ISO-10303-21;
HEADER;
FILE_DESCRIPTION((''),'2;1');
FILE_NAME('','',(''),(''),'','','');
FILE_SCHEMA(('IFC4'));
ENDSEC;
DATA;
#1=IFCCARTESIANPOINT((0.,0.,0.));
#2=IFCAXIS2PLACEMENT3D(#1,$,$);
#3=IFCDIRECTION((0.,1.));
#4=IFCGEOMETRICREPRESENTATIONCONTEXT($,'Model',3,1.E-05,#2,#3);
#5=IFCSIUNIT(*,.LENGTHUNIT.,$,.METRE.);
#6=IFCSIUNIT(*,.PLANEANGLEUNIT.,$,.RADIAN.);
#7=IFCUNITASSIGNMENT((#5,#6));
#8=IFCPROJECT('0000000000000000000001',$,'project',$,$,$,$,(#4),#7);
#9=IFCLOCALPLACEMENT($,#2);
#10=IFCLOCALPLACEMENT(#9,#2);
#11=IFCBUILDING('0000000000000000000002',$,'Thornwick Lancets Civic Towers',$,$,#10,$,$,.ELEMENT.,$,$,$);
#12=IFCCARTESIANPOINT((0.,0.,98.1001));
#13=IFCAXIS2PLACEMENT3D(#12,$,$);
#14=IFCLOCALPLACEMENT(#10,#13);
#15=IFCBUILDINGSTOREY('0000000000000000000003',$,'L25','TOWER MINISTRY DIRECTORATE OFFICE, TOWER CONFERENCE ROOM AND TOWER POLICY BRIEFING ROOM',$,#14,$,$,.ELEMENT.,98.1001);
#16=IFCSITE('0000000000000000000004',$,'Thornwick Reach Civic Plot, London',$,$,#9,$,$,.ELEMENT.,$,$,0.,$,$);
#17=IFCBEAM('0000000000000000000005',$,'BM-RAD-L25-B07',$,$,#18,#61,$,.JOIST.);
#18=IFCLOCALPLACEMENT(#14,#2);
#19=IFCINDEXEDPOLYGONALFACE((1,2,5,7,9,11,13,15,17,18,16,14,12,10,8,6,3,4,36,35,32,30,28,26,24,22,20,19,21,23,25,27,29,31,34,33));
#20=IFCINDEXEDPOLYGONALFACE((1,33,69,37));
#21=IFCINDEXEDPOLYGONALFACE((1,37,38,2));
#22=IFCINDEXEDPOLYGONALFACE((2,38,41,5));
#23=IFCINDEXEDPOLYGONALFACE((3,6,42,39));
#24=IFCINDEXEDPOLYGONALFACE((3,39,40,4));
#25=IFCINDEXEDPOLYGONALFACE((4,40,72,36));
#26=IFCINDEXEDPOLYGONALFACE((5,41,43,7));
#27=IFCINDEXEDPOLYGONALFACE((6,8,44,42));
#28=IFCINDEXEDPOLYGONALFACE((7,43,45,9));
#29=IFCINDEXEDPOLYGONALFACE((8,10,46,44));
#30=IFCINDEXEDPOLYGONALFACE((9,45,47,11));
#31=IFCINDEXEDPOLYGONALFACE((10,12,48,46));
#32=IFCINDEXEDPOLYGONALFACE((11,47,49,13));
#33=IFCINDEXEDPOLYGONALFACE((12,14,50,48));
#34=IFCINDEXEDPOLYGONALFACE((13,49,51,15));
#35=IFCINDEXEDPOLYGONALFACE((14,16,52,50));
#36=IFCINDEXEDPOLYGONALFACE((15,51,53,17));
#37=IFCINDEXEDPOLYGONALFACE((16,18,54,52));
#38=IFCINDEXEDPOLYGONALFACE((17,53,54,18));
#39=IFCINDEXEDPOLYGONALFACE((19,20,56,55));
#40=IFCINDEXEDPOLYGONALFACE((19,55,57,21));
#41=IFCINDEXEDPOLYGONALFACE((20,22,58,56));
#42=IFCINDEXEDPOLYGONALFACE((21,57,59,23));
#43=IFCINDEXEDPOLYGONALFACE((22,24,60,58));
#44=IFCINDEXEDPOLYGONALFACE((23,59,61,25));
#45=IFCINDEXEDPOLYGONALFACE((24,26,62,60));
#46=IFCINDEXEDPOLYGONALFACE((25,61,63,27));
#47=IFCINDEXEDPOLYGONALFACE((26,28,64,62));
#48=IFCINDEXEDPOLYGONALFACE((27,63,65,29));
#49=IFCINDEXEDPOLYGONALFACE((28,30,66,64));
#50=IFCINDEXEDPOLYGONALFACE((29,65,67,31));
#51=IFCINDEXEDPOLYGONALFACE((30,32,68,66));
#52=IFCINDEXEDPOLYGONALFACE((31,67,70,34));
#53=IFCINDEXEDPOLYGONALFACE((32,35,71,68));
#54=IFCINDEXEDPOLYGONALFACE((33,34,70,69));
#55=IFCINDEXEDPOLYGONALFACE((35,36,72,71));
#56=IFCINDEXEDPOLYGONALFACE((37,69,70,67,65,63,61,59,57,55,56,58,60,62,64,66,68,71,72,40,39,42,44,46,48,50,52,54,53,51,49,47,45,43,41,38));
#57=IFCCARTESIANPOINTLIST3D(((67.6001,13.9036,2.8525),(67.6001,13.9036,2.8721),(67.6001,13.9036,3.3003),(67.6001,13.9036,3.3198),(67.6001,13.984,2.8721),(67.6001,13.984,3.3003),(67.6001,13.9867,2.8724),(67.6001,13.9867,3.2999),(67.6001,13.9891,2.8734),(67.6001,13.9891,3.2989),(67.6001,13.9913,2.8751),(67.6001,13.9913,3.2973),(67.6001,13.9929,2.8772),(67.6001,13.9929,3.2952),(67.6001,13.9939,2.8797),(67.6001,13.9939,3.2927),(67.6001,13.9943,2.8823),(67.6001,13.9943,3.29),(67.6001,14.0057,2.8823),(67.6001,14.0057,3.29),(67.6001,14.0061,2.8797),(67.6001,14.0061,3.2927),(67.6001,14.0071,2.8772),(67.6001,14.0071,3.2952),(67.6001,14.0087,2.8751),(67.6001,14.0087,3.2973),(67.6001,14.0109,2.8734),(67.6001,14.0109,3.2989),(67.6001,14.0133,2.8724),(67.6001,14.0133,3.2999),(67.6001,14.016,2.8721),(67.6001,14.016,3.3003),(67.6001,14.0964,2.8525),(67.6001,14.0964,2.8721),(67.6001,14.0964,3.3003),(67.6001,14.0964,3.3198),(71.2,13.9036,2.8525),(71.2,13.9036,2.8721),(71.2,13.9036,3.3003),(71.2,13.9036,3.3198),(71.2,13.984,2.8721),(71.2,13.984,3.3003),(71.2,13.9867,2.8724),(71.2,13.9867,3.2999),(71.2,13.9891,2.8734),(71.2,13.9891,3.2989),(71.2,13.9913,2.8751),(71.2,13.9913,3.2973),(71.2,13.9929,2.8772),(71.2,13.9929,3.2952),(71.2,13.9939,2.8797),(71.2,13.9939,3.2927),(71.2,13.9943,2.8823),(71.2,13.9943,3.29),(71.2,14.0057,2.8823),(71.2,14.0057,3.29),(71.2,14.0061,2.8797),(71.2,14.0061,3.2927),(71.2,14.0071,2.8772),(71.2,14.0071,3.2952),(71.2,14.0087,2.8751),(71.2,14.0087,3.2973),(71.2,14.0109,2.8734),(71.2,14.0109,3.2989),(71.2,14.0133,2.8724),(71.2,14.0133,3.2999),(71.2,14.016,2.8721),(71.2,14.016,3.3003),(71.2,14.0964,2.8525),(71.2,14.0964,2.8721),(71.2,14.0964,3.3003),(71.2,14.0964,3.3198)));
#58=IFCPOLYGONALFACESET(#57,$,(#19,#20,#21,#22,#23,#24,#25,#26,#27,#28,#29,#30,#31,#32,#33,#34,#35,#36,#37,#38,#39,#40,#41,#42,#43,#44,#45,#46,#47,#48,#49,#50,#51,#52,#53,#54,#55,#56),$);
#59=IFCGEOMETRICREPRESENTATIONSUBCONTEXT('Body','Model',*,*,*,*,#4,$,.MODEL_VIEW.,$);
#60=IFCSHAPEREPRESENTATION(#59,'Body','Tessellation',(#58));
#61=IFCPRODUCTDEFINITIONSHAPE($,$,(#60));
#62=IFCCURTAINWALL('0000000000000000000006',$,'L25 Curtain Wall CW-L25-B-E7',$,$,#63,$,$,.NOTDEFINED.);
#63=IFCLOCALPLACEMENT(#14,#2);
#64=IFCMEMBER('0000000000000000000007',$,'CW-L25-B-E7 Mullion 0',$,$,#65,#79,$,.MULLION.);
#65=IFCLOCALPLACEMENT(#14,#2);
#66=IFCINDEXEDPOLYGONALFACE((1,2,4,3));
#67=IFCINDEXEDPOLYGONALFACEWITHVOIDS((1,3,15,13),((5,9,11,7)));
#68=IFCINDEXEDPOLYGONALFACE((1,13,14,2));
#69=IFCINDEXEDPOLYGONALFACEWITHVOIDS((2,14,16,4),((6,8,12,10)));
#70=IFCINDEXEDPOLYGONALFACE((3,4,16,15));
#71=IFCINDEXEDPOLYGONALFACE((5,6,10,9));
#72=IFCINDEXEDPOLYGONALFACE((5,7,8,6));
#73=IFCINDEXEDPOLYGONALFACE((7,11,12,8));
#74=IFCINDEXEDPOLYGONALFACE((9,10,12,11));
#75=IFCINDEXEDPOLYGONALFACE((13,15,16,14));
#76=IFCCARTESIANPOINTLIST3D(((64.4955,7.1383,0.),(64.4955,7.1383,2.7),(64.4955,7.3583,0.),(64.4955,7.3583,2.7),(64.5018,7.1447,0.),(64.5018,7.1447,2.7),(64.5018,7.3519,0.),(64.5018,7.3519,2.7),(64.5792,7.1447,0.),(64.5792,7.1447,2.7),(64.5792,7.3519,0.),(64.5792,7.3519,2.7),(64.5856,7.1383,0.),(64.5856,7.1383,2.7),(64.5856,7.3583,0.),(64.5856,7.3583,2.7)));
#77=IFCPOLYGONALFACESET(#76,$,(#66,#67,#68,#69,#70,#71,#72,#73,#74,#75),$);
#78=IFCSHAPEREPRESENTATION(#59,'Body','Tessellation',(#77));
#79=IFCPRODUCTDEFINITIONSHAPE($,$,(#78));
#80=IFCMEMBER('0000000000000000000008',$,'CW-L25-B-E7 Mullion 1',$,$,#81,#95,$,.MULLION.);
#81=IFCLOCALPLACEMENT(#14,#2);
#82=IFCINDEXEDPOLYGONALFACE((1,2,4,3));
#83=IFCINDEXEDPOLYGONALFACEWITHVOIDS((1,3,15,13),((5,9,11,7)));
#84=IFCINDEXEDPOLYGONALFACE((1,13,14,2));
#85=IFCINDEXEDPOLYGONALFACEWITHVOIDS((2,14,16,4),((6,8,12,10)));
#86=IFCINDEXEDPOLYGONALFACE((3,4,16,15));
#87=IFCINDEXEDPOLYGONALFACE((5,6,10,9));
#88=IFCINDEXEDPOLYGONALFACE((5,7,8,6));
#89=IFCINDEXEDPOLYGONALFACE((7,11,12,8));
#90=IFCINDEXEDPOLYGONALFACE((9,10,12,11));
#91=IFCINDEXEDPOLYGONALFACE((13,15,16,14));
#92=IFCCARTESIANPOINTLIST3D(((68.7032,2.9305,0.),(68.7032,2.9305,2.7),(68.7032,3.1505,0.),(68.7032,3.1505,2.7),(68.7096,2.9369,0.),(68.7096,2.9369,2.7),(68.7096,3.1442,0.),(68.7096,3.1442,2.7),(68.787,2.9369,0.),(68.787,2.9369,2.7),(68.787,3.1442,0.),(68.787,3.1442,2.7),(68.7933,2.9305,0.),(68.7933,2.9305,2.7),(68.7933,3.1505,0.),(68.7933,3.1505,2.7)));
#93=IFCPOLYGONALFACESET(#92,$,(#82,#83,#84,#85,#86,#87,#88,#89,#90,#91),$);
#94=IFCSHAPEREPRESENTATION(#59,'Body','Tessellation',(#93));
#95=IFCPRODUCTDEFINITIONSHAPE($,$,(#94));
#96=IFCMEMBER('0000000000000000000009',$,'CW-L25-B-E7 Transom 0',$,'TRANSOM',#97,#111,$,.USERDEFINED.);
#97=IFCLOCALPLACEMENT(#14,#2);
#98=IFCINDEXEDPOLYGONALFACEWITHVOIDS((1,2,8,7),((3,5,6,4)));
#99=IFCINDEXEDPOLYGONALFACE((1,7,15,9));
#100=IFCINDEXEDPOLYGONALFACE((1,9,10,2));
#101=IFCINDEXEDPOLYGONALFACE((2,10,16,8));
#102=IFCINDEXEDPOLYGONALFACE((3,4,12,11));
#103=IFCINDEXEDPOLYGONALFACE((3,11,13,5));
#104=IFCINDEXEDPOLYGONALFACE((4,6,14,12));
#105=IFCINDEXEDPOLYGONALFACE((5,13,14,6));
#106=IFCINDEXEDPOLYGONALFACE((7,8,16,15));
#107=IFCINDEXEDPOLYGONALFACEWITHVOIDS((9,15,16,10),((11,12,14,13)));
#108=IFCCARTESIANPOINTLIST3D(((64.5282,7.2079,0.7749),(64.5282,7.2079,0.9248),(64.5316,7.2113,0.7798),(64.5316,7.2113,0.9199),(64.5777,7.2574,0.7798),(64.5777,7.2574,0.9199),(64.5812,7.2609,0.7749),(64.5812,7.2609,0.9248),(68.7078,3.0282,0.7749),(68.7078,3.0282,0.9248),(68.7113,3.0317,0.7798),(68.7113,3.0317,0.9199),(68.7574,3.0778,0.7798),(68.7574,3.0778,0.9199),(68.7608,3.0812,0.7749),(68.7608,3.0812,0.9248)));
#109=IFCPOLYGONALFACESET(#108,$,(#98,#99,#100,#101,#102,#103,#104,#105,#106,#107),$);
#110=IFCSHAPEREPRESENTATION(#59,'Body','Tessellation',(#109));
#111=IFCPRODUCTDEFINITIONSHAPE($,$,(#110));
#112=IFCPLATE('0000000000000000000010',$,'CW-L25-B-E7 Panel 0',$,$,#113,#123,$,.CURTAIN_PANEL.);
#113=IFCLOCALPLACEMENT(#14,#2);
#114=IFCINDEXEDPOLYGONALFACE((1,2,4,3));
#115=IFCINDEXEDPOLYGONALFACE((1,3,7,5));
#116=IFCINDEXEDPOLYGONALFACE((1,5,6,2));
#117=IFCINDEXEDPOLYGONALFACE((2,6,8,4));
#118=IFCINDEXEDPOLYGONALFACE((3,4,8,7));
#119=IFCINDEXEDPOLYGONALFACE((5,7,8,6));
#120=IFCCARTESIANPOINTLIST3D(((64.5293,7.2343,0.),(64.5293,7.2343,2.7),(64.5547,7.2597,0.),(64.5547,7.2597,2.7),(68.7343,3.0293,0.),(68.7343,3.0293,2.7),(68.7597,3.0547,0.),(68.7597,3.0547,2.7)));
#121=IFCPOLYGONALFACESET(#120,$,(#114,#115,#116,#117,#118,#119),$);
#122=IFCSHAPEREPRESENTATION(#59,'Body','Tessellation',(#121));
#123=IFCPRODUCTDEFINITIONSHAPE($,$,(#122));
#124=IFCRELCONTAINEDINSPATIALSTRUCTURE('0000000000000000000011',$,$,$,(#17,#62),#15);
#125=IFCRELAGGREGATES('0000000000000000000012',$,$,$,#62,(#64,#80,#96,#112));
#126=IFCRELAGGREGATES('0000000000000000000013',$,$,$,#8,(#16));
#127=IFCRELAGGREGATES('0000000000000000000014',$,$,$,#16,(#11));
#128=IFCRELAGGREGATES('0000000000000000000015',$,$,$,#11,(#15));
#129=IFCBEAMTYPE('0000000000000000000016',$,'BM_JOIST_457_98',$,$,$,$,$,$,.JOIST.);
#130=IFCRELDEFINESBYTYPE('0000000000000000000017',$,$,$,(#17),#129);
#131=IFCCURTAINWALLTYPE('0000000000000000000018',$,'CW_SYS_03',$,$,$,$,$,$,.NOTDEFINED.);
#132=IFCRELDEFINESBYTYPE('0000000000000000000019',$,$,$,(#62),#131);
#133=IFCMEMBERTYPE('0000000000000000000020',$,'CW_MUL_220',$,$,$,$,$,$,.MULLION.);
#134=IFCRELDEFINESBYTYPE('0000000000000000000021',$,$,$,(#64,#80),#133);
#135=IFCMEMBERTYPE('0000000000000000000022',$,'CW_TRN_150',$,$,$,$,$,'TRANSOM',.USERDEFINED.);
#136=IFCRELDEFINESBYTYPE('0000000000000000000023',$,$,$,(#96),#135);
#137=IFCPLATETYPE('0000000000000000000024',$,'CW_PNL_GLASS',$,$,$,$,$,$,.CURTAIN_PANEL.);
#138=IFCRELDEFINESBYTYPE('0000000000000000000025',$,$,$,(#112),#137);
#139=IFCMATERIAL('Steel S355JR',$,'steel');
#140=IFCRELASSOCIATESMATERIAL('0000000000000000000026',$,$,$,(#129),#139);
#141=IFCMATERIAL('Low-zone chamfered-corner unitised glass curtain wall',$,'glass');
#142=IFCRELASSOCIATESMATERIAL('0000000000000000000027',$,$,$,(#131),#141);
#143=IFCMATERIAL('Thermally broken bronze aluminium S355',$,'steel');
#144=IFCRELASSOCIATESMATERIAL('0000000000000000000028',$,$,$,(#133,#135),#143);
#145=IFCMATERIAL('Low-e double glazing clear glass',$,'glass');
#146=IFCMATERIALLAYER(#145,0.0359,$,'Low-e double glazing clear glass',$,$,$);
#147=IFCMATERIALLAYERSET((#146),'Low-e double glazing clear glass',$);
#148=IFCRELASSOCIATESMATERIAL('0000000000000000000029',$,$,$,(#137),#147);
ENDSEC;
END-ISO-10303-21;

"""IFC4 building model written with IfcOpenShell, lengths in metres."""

from ifc_helpers import new_model, si_unit, direction, frame, origin, origin_2d, place, context, subcontext, project, spatial, rectangle, hollow_rectangle, i_section, extrude, material, layer, layer_set, material_profile, profile_set, type_object, element, aggregate, save


model = new_model("IFC4")

# Units and contexts
model_context = context("Model", 3, precision=1e-05, world=origin(), true_north=direction((0.0, 1.0)))
body_context = subcontext(model_context, "Body", "Model", "MODEL_VIEW")
ifc_project = project(units=[si_unit("LENGTHUNIT", "METRE"), si_unit("PLANEANGLEUNIT", "RADIAN")], contexts=[model_context])

# Site, building, storey
site_placement = place(None, origin())
site = spatial("IfcSite", under=ifc_project, at=site_placement, Name="Thornwick Reach Civic Plot, London", CompositionType="ELEMENT", RefElevation=0.0)
building_placement = place(site_placement, origin())
building = spatial("IfcBuilding", under=site, at=building_placement, Name="Thornwick Lancets Civic Towers", CompositionType="ELEMENT")
storey_placement = place(building_placement, frame((0.0, 0.0, 98.1001)))
storey = spatial("IfcBuildingStorey", under=building, at=storey_placement, Name="L25", Description="TOWER MINISTRY DIRECTORATE OFFICE, TOWER CONFERENCE ROOM AND TOWER POLICY BRIEFING ROOM", CompositionType="ELEMENT", Elevation=98.1001)

# Beam
ifc_material_1 = material(Name="Steel S355JR", Category="steel")
ifc_material_profile_1 = material_profile(ifc_material_1, i_section(OverallWidth=0.1929, OverallDepth=0.4673, WebThickness=0.0115, FlangeThickness=0.0195, FilletRadius=0.0103, at=origin_2d()), Name="UKB 457x191x98")
ifc_profile_set_1 = profile_set([ifc_material_profile_1], Name="Steel S355JR")
beam_type_1 = type_object("IfcBeamType", Name="BM_JOIST_457_98", PredefinedType="JOIST", material=ifc_profile_set_1)
beam_1_placement = place(storey_placement, frame((71.2, 14.0, 3.0862), z_axis=(-1.0, 0.0, 0.0), x_axis=(0.0, -1.0, 0.0)))
element("IfcBeam", 1, at=beam_1_placement, inside=storey, type_object=beam_type_1, Name="BM-RAD-L25-B07", PredefinedType="JOIST", context=body_context, shape_type="SweptSolid", body=[
    extrude(i_section(OverallWidth=0.1929, OverallDepth=0.4673, WebThickness=0.0115, FlangeThickness=0.0195, FilletRadius=0.0103, at=origin_2d()), origin(), (0.0, 0.0, 1.0), 3.5999),
])

# Curtain wall, members, plate
ifc_material_2 = material(Name="Low-zone chamfered-corner unitised glass curtain wall", Category="glass")
curtain_wall_type = type_object("IfcCurtainWallType", Name="CW_SYS_03", PredefinedType="NOTDEFINED", material=ifc_material_2)
curtain_wall_placement = place(storey_placement, origin())
curtain_wall = element("IfcCurtainWall", 2, at=curtain_wall_placement, inside=storey, type_object=curtain_wall_type, Name="L25 Curtain Wall CW-L25-B-E7", PredefinedType="NOTDEFINED")
ifc_material_3 = material(Name="Thermally broken bronze aluminium S355", Category="steel")
ifc_material_profile_2 = material_profile(ifc_material_3, hollow_rectangle(XDim=0.0901, YDim=0.22, WallThickness=0.0063, at=origin_2d()), Name="RHS 220x90x6.3")
ifc_profile_set_2 = profile_set([ifc_material_profile_2], Name="Thermally broken bronze aluminium S355")
member_type_1 = type_object("IfcMemberType", Name="CW_MUL_220", PredefinedType="MULLION", material=ifc_profile_set_2)
member_1_placement = place(storey_placement, frame((64.5405, 7.2483, 0.0), z_axis=(0.0, 0.0, 1.0), x_axis=(1.0, 0.0, 0.0)))
member_1 = element("IfcMember", 3, at=member_1_placement, type_object=member_type_1, Name="CW-L25-B-E7 Mullion 0", PredefinedType="MULLION", context=body_context, shape_type="SweptSolid", body=[
    extrude(hollow_rectangle(XDim=0.0901, YDim=0.22, WallThickness=0.0063, at=origin_2d()), origin(), (0.0, 0.0, 1.0), 2.7),
])
member_2_placement = place(storey_placement, frame((68.7483, 3.0405, 0.0), z_axis=(0.0, 0.0, 1.0), x_axis=(1.0, 0.0, 0.0)))
member_2 = element("IfcMember", 4, at=member_2_placement, type_object=member_type_1, Name="CW-L25-B-E7 Mullion 1", PredefinedType="MULLION", context=body_context, shape_type="SweptSolid", body=[
    extrude(hollow_rectangle(XDim=0.0901, YDim=0.22, WallThickness=0.0063, at=origin_2d()), origin(), (0.0, 0.0, 1.0), 2.7),
])
ifc_material_profile_3 = material_profile(ifc_material_3, hollow_rectangle(XDim=0.075, YDim=0.1499, WallThickness=0.0049, at=origin_2d()), Name="RHS 150x75x5")
ifc_profile_set_3 = profile_set([ifc_material_profile_3], Name="Thermally broken bronze aluminium S355")
member_type_2 = type_object("IfcMemberType", Name="CW_TRN_150", ElementType="TRANSOM", PredefinedType="USERDEFINED", material=ifc_profile_set_3)
member_3_placement = place(storey_placement, frame((64.5547, 7.2344, 0.8499), z_axis=(0.707107, -0.707107, 0.0), x_axis=(0.707107, 0.707107, 0.0)))
member_3 = element("IfcMember", 5, at=member_3_placement, type_object=member_type_2, Name="CW-L25-B-E7 Transom 0", ObjectType="TRANSOM", PredefinedType="USERDEFINED", context=body_context, shape_type="SweptSolid", body=[
    extrude(hollow_rectangle(XDim=0.075, YDim=0.1499, WallThickness=0.0049, at=origin_2d()), origin(), (0.0, 0.0, 1.0), 5.9109),
])
ifc_material_4 = material(Name="Low-e double glazing clear glass", Category="glass")
ifc_layer_1 = layer(ifc_material_4, 0.0359, Name="Low-e double glazing clear glass")
ifc_layer_set_1 = layer_set([ifc_layer_1], Name="Low-e double glazing clear glass")
plate_type = type_object("IfcPlateType", Name="CW_PNL_GLASS", PredefinedType="CURTAIN_PANEL", material=ifc_layer_set_1)
plate_placement = place(storey_placement, frame((66.6445, 5.1445, 0.0), z_axis=(0.0, 0.0, 1.0), x_axis=(0.707107, -0.707107, 0.0)))
plate = element("IfcPlate", 6, at=plate_placement, type_object=plate_type, Name="CW-L25-B-E7 Panel 0", PredefinedType="CURTAIN_PANEL", context=body_context, shape_type="SweptSolid", body=[
    extrude(rectangle(XDim=5.9468, YDim=0.0359, at=origin_2d()), origin(), (0.0, 0.0, 1.0), 2.7),
])
aggregate(curtain_wall, [member_1, member_2, member_3, plate])

save(model, "model.ifc")
